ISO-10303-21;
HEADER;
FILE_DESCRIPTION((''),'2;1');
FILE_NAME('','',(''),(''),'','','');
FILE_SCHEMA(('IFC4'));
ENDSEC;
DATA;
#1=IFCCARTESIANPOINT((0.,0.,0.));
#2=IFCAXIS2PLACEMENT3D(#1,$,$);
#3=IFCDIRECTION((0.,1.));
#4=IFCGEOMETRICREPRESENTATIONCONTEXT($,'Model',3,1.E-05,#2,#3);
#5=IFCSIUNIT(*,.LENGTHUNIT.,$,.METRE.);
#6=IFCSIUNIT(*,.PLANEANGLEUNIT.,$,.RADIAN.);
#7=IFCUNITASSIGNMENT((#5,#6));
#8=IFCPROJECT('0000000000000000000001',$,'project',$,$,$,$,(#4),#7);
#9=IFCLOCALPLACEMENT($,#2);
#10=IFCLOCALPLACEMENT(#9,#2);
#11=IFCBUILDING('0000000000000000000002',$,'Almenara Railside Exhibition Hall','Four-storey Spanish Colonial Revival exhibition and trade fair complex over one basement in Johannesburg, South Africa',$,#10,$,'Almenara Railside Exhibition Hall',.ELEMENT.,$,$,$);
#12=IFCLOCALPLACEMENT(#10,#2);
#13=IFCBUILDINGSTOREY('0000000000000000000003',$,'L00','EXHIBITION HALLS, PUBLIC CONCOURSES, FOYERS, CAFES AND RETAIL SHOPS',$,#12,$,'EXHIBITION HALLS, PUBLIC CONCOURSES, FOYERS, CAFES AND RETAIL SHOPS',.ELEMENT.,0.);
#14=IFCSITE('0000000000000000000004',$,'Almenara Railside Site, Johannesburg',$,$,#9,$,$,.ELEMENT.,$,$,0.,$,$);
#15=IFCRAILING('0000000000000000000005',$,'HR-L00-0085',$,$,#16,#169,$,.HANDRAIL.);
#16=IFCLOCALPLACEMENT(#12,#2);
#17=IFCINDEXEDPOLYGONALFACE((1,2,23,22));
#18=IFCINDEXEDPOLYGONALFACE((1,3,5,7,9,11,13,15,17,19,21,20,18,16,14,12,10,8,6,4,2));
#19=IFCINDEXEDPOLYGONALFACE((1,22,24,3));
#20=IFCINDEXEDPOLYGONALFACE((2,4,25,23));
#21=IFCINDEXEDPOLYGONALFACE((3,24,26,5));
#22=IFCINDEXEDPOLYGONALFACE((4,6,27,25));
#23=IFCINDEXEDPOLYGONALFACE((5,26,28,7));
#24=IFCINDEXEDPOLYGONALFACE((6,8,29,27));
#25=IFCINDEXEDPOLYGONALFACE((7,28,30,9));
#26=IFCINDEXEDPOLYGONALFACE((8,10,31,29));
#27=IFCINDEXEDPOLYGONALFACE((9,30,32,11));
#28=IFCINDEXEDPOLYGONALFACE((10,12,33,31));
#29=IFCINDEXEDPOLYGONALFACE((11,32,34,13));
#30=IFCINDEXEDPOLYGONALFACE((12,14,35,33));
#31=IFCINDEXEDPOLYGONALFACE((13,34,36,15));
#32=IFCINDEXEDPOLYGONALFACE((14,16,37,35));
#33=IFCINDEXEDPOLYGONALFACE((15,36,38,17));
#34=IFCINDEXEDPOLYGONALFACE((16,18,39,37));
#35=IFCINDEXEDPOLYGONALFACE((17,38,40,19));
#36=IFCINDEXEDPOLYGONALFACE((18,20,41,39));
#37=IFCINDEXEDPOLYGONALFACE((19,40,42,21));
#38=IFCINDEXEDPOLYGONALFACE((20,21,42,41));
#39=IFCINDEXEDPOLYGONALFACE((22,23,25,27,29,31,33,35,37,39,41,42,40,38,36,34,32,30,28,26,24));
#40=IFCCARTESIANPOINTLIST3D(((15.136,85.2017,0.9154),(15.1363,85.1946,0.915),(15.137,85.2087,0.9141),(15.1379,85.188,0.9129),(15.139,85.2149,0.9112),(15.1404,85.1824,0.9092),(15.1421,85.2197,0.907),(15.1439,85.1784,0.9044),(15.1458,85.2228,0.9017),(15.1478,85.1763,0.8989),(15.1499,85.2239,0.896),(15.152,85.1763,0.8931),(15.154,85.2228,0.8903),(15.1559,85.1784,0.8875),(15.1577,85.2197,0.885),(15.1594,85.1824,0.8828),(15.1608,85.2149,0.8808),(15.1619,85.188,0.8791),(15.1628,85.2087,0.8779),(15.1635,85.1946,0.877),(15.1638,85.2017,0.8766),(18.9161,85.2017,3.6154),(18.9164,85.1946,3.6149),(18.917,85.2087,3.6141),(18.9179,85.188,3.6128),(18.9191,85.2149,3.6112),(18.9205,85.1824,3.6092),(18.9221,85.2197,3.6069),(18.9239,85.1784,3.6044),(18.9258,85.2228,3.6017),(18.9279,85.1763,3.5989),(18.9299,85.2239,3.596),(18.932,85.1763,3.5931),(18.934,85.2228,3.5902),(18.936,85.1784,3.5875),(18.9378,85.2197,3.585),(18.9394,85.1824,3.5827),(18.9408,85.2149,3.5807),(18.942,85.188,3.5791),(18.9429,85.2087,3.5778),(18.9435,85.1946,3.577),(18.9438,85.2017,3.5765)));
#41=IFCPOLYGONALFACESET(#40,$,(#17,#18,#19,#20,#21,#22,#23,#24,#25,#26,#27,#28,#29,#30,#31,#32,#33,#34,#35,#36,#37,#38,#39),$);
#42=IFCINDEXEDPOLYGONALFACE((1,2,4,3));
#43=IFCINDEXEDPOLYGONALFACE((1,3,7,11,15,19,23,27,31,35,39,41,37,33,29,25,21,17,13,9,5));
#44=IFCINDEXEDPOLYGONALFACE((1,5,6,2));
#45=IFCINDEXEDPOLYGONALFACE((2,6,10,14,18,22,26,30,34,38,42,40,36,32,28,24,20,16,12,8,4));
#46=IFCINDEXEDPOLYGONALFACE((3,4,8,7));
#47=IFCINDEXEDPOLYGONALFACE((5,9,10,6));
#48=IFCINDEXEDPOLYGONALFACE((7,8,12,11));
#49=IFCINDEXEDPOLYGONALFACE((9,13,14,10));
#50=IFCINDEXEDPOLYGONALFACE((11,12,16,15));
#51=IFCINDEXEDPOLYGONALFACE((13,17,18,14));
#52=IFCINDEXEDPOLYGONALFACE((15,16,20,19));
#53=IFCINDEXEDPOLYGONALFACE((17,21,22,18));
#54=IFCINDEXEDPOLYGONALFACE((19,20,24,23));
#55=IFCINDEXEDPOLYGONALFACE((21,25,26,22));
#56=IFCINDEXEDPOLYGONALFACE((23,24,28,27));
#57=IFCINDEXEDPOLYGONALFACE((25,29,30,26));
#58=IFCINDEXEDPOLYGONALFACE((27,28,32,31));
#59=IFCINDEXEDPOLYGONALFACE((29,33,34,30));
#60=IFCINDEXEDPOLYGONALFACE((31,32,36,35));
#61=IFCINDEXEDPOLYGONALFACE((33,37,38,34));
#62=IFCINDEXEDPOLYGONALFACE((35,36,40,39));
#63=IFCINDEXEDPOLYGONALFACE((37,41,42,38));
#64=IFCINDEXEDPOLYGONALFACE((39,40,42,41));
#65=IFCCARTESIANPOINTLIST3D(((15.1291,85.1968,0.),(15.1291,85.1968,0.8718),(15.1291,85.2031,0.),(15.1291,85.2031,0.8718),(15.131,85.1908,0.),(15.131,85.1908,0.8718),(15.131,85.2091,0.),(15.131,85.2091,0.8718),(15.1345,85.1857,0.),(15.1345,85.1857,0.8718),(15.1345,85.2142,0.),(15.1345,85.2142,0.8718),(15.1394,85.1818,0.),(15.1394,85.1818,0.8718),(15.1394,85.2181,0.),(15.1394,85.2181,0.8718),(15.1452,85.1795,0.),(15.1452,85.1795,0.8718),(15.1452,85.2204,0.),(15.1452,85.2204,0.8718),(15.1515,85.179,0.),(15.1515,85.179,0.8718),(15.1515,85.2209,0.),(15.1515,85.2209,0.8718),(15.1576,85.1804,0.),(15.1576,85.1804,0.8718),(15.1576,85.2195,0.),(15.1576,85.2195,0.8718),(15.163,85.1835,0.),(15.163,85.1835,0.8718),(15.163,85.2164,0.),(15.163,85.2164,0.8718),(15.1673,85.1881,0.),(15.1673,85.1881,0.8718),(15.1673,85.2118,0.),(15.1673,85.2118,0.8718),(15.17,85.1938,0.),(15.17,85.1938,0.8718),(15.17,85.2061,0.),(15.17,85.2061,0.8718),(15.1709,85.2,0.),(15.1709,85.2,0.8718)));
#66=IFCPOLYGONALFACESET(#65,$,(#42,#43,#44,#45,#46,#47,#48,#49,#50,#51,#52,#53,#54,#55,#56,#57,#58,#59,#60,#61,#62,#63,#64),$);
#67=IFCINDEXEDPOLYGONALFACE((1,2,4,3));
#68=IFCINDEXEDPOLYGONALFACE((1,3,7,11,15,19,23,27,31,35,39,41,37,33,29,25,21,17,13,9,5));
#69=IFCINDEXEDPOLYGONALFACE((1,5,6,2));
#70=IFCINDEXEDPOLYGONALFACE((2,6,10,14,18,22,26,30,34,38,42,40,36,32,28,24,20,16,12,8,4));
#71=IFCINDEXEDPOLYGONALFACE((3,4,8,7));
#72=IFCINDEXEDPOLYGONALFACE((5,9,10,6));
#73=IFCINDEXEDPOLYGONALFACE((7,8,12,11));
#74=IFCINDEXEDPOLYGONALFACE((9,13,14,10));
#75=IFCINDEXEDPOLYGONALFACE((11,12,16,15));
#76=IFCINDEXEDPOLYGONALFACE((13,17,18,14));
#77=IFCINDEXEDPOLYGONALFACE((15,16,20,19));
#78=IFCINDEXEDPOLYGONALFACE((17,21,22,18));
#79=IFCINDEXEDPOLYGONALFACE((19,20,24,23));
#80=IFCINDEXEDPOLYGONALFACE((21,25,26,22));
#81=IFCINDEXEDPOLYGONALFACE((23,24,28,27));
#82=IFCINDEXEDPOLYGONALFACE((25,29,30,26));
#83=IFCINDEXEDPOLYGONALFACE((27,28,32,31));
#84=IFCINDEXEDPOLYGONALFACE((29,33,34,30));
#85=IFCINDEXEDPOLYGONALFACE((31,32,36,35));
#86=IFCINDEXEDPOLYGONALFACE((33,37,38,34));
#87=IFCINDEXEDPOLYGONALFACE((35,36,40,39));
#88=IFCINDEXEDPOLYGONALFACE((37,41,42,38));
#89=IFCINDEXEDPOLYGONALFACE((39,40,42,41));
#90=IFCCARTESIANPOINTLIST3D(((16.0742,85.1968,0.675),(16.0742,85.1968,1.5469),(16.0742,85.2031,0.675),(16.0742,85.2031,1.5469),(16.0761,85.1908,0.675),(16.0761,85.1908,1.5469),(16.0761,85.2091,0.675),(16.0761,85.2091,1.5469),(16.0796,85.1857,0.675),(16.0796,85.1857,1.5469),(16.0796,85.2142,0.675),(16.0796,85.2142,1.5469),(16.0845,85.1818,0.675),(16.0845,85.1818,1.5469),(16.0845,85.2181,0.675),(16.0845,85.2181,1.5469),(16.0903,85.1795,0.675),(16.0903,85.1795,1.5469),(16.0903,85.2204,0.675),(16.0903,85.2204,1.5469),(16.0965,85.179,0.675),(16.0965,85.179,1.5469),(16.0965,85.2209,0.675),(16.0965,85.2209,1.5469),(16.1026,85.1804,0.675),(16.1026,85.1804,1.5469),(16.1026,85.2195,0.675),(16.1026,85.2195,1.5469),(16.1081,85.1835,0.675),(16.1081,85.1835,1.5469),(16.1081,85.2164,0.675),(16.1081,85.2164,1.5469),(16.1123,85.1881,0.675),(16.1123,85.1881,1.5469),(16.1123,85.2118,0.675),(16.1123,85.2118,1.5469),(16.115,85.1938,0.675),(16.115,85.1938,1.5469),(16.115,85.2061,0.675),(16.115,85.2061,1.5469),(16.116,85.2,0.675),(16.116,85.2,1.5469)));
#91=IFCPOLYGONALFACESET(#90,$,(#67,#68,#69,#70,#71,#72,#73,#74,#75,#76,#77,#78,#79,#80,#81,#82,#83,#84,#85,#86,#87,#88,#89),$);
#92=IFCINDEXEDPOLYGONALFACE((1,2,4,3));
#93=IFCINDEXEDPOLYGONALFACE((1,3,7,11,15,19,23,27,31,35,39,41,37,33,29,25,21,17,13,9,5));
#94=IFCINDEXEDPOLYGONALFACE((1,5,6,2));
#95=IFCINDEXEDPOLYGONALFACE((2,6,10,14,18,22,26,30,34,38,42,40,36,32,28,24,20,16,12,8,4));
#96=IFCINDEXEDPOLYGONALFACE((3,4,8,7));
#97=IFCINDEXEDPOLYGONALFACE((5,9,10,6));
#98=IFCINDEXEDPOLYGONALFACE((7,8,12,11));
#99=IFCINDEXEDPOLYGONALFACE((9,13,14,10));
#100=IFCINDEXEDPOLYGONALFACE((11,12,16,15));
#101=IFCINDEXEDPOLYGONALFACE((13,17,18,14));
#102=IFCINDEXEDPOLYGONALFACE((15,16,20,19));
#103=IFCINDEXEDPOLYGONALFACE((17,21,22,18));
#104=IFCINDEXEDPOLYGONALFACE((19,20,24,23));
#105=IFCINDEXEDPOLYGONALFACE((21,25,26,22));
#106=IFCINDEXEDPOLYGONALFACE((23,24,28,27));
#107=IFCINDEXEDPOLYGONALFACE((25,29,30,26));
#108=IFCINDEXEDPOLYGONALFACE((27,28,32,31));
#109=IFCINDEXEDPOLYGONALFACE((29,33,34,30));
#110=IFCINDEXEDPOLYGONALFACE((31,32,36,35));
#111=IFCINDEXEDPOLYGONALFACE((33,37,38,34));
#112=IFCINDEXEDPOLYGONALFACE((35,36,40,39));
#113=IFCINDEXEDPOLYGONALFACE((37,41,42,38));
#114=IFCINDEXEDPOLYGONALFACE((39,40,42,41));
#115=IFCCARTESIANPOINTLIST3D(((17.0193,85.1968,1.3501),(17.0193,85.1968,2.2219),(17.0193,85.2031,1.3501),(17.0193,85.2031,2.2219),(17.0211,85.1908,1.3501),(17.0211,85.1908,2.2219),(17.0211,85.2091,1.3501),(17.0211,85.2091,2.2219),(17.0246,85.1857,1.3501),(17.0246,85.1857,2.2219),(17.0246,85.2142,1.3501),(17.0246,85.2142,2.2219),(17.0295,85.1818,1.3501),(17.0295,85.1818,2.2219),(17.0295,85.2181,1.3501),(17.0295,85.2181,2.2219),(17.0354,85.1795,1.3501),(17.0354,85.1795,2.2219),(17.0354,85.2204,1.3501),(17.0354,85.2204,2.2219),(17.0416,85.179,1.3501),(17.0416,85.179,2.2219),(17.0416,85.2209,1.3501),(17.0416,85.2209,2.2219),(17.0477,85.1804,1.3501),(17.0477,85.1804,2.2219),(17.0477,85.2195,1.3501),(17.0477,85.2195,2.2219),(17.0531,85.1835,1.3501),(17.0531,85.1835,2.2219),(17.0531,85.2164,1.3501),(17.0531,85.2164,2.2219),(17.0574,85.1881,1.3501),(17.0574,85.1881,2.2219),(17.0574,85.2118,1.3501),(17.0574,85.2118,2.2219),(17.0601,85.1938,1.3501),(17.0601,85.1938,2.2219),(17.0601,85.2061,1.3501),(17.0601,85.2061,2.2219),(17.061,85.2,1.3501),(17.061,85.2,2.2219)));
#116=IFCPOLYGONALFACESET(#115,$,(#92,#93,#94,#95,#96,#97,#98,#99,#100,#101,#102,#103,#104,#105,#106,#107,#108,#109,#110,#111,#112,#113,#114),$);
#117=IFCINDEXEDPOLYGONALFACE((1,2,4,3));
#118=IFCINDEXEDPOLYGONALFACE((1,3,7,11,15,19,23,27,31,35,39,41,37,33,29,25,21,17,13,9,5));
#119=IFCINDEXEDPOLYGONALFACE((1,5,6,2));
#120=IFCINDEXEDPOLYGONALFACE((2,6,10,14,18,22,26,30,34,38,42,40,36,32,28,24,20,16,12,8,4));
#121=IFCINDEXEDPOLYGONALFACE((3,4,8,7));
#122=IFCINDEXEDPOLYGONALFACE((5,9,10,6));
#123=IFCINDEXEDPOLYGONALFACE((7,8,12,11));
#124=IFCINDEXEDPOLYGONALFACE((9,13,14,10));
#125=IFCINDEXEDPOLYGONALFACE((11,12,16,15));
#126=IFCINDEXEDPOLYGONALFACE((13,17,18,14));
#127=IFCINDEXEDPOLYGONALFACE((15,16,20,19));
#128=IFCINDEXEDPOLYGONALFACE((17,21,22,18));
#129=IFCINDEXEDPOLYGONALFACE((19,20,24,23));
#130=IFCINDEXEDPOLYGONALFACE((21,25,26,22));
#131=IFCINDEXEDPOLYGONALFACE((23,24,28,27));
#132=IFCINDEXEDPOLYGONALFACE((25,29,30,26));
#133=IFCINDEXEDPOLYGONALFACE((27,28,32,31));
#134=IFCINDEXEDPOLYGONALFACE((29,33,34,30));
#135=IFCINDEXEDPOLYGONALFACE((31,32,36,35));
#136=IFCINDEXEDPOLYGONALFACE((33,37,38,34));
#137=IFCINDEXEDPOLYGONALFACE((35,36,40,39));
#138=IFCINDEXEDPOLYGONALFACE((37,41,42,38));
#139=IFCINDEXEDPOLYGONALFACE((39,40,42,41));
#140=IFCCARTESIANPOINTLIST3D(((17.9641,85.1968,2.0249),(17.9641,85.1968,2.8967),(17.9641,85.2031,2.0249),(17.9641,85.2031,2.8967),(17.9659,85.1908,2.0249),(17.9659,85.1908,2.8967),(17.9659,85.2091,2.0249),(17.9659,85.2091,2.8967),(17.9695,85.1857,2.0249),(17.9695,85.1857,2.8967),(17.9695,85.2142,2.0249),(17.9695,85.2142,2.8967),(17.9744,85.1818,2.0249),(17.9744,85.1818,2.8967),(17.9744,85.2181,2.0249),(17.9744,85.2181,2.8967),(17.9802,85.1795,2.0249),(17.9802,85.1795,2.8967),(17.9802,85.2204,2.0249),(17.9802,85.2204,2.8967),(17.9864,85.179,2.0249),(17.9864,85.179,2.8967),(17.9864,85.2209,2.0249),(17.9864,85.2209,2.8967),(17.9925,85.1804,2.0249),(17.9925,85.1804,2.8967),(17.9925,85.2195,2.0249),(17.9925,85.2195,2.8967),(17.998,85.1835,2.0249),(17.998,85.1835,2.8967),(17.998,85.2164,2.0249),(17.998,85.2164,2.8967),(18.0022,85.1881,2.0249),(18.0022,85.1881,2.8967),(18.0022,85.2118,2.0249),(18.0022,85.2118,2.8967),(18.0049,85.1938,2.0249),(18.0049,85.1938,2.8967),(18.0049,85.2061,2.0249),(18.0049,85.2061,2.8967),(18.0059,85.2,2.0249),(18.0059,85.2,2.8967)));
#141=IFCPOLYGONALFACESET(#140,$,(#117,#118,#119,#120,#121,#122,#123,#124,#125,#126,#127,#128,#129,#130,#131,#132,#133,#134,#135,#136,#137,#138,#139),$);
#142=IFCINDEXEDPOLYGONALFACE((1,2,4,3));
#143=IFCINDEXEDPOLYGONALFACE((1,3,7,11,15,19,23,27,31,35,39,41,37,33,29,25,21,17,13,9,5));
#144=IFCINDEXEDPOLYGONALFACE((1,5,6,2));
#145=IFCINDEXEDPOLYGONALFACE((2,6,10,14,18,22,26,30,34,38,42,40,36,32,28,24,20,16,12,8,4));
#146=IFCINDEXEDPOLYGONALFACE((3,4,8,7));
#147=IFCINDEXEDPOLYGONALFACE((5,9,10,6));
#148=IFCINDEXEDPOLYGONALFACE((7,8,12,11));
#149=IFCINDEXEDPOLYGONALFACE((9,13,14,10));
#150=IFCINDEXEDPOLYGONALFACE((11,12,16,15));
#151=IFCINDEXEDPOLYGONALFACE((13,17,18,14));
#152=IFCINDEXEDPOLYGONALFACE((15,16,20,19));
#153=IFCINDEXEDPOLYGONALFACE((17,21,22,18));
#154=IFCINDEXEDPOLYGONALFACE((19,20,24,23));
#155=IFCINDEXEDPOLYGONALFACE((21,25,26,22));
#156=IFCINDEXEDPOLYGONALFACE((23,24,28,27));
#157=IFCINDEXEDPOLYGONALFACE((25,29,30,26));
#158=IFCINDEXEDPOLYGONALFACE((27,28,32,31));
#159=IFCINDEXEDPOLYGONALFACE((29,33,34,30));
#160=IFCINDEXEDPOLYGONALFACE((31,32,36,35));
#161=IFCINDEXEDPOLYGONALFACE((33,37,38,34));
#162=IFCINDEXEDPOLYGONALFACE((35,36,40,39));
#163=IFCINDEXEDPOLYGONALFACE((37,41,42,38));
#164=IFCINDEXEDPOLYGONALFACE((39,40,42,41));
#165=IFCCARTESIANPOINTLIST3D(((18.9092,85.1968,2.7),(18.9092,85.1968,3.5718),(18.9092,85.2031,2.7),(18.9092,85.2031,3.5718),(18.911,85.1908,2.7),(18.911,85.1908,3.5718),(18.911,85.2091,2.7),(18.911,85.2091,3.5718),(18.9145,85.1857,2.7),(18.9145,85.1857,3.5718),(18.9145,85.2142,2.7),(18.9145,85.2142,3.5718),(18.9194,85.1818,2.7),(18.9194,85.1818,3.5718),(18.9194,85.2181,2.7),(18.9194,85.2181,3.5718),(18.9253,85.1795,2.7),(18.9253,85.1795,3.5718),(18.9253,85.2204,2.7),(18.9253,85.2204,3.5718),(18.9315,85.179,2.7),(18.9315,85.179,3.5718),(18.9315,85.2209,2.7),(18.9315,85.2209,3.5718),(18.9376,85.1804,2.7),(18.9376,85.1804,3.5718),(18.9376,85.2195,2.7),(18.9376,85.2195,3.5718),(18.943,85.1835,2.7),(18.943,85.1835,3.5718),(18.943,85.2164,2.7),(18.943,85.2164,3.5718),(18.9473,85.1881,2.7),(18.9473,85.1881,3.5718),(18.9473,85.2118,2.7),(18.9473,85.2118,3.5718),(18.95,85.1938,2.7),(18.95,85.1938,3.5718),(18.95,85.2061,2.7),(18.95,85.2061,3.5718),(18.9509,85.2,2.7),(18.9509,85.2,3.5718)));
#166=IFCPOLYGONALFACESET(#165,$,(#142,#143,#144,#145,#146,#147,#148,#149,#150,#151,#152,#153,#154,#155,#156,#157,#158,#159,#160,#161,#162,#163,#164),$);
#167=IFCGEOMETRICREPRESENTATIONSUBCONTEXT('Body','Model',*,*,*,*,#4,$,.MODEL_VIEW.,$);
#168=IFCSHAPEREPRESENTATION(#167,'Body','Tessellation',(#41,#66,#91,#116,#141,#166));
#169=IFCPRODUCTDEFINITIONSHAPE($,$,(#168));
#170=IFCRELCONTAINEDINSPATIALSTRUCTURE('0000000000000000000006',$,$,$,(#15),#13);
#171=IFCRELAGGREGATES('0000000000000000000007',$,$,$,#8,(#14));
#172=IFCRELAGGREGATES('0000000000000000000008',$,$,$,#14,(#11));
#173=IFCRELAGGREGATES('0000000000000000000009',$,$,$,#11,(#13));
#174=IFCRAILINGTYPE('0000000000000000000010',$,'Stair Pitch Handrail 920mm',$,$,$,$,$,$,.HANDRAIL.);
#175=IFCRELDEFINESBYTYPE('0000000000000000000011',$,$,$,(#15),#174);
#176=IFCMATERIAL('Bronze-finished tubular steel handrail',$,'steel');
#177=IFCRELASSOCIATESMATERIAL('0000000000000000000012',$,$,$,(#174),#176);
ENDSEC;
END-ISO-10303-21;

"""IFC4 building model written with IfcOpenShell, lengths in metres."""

from ifc_helpers import new_model, si_unit, direction, frame, origin, origin_2d, place, context, subcontext, project, spatial, circle, extrude, material, type_object, element, save


model = new_model("IFC4")

# Units and contexts
model_context = context("Model", 3, precision=1e-05, world=origin(), true_north=direction((0.0, 1.0)))
body_context = subcontext(model_context, "Body", "Model", "MODEL_VIEW")
ifc_project = project(units=[si_unit("LENGTHUNIT", "METRE"), si_unit("PLANEANGLEUNIT", "RADIAN")], contexts=[model_context])

# Site, building, storey
site_placement = place(None, origin())
site = spatial("IfcSite", under=ifc_project, at=site_placement, Name="Almenara Railside Site, Johannesburg", CompositionType="ELEMENT", RefElevation=0.0)
building_placement = place(site_placement, origin())
building = spatial("IfcBuilding", under=site, at=building_placement, Name="Almenara Railside Exhibition Hall", Description="Four-storey Spanish Colonial Revival exhibition and trade fair complex over one basement in Johannesburg, South Africa", LongName="Almenara Railside Exhibition Hall", CompositionType="ELEMENT")
storey_placement = place(building_placement, origin())
storey = spatial("IfcBuildingStorey", under=building, at=storey_placement, Name="L00", Description="EXHIBITION HALLS, PUBLIC CONCOURSES, FOYERS, CAFES AND RETAIL SHOPS", LongName="EXHIBITION HALLS, PUBLIC CONCOURSES, FOYERS, CAFES AND RETAIL SHOPS", CompositionType="ELEMENT", Elevation=0.0)

# Railing
ifc_material_1 = material(Name="Bronze-finished tubular steel handrail", Category="steel")
railing_type_1 = type_object("IfcRailingType", Name="Stair Pitch Handrail 920mm", PredefinedType="HANDRAIL", material=ifc_material_1)
railing_1_placement = place(storey_placement, frame((15.1499, 85.2, 0.0)))
element("IfcRailing", 1, at=railing_1_placement, inside=storey, type_object=railing_type_1, Name="HR-L00-0085", PredefinedType="HANDRAIL", context=body_context, shape_type="SweptSolid", body=[
    extrude(circle(Radius=0.0239, at=origin_2d()), frame((0.0, 0.0, 0.896), z_axis=(0.813741, 0.0, 0.581228), x_axis=(0.0, 1.0, 0.0)), (0.0, 0.0, 1.0), 4.6453),
    extrude(circle(Radius=0.021, at=origin_2d()), origin(), (0.0, 0.0, 1.0), 0.8718),
    extrude(circle(Radius=0.021, at=origin_2d()), frame((0.9451, 0.0, 0.675)), (0.0, 0.0, 1.0), 0.8718),
    extrude(circle(Radius=0.021, at=origin_2d()), frame((1.8901, 0.0, 1.3501)), (0.0, 0.0, 1.0), 0.8718),
    extrude(circle(Radius=0.021, at=origin_2d()), frame((2.835, 0.0, 2.0249)), (0.0, 0.0, 1.0), 0.8718),
    extrude(circle(Radius=0.021, at=origin_2d()), frame((3.78, 0.0, 2.7)), (0.0, 0.0, 1.0), 0.8718),
])

save(model, "model.ifc")
